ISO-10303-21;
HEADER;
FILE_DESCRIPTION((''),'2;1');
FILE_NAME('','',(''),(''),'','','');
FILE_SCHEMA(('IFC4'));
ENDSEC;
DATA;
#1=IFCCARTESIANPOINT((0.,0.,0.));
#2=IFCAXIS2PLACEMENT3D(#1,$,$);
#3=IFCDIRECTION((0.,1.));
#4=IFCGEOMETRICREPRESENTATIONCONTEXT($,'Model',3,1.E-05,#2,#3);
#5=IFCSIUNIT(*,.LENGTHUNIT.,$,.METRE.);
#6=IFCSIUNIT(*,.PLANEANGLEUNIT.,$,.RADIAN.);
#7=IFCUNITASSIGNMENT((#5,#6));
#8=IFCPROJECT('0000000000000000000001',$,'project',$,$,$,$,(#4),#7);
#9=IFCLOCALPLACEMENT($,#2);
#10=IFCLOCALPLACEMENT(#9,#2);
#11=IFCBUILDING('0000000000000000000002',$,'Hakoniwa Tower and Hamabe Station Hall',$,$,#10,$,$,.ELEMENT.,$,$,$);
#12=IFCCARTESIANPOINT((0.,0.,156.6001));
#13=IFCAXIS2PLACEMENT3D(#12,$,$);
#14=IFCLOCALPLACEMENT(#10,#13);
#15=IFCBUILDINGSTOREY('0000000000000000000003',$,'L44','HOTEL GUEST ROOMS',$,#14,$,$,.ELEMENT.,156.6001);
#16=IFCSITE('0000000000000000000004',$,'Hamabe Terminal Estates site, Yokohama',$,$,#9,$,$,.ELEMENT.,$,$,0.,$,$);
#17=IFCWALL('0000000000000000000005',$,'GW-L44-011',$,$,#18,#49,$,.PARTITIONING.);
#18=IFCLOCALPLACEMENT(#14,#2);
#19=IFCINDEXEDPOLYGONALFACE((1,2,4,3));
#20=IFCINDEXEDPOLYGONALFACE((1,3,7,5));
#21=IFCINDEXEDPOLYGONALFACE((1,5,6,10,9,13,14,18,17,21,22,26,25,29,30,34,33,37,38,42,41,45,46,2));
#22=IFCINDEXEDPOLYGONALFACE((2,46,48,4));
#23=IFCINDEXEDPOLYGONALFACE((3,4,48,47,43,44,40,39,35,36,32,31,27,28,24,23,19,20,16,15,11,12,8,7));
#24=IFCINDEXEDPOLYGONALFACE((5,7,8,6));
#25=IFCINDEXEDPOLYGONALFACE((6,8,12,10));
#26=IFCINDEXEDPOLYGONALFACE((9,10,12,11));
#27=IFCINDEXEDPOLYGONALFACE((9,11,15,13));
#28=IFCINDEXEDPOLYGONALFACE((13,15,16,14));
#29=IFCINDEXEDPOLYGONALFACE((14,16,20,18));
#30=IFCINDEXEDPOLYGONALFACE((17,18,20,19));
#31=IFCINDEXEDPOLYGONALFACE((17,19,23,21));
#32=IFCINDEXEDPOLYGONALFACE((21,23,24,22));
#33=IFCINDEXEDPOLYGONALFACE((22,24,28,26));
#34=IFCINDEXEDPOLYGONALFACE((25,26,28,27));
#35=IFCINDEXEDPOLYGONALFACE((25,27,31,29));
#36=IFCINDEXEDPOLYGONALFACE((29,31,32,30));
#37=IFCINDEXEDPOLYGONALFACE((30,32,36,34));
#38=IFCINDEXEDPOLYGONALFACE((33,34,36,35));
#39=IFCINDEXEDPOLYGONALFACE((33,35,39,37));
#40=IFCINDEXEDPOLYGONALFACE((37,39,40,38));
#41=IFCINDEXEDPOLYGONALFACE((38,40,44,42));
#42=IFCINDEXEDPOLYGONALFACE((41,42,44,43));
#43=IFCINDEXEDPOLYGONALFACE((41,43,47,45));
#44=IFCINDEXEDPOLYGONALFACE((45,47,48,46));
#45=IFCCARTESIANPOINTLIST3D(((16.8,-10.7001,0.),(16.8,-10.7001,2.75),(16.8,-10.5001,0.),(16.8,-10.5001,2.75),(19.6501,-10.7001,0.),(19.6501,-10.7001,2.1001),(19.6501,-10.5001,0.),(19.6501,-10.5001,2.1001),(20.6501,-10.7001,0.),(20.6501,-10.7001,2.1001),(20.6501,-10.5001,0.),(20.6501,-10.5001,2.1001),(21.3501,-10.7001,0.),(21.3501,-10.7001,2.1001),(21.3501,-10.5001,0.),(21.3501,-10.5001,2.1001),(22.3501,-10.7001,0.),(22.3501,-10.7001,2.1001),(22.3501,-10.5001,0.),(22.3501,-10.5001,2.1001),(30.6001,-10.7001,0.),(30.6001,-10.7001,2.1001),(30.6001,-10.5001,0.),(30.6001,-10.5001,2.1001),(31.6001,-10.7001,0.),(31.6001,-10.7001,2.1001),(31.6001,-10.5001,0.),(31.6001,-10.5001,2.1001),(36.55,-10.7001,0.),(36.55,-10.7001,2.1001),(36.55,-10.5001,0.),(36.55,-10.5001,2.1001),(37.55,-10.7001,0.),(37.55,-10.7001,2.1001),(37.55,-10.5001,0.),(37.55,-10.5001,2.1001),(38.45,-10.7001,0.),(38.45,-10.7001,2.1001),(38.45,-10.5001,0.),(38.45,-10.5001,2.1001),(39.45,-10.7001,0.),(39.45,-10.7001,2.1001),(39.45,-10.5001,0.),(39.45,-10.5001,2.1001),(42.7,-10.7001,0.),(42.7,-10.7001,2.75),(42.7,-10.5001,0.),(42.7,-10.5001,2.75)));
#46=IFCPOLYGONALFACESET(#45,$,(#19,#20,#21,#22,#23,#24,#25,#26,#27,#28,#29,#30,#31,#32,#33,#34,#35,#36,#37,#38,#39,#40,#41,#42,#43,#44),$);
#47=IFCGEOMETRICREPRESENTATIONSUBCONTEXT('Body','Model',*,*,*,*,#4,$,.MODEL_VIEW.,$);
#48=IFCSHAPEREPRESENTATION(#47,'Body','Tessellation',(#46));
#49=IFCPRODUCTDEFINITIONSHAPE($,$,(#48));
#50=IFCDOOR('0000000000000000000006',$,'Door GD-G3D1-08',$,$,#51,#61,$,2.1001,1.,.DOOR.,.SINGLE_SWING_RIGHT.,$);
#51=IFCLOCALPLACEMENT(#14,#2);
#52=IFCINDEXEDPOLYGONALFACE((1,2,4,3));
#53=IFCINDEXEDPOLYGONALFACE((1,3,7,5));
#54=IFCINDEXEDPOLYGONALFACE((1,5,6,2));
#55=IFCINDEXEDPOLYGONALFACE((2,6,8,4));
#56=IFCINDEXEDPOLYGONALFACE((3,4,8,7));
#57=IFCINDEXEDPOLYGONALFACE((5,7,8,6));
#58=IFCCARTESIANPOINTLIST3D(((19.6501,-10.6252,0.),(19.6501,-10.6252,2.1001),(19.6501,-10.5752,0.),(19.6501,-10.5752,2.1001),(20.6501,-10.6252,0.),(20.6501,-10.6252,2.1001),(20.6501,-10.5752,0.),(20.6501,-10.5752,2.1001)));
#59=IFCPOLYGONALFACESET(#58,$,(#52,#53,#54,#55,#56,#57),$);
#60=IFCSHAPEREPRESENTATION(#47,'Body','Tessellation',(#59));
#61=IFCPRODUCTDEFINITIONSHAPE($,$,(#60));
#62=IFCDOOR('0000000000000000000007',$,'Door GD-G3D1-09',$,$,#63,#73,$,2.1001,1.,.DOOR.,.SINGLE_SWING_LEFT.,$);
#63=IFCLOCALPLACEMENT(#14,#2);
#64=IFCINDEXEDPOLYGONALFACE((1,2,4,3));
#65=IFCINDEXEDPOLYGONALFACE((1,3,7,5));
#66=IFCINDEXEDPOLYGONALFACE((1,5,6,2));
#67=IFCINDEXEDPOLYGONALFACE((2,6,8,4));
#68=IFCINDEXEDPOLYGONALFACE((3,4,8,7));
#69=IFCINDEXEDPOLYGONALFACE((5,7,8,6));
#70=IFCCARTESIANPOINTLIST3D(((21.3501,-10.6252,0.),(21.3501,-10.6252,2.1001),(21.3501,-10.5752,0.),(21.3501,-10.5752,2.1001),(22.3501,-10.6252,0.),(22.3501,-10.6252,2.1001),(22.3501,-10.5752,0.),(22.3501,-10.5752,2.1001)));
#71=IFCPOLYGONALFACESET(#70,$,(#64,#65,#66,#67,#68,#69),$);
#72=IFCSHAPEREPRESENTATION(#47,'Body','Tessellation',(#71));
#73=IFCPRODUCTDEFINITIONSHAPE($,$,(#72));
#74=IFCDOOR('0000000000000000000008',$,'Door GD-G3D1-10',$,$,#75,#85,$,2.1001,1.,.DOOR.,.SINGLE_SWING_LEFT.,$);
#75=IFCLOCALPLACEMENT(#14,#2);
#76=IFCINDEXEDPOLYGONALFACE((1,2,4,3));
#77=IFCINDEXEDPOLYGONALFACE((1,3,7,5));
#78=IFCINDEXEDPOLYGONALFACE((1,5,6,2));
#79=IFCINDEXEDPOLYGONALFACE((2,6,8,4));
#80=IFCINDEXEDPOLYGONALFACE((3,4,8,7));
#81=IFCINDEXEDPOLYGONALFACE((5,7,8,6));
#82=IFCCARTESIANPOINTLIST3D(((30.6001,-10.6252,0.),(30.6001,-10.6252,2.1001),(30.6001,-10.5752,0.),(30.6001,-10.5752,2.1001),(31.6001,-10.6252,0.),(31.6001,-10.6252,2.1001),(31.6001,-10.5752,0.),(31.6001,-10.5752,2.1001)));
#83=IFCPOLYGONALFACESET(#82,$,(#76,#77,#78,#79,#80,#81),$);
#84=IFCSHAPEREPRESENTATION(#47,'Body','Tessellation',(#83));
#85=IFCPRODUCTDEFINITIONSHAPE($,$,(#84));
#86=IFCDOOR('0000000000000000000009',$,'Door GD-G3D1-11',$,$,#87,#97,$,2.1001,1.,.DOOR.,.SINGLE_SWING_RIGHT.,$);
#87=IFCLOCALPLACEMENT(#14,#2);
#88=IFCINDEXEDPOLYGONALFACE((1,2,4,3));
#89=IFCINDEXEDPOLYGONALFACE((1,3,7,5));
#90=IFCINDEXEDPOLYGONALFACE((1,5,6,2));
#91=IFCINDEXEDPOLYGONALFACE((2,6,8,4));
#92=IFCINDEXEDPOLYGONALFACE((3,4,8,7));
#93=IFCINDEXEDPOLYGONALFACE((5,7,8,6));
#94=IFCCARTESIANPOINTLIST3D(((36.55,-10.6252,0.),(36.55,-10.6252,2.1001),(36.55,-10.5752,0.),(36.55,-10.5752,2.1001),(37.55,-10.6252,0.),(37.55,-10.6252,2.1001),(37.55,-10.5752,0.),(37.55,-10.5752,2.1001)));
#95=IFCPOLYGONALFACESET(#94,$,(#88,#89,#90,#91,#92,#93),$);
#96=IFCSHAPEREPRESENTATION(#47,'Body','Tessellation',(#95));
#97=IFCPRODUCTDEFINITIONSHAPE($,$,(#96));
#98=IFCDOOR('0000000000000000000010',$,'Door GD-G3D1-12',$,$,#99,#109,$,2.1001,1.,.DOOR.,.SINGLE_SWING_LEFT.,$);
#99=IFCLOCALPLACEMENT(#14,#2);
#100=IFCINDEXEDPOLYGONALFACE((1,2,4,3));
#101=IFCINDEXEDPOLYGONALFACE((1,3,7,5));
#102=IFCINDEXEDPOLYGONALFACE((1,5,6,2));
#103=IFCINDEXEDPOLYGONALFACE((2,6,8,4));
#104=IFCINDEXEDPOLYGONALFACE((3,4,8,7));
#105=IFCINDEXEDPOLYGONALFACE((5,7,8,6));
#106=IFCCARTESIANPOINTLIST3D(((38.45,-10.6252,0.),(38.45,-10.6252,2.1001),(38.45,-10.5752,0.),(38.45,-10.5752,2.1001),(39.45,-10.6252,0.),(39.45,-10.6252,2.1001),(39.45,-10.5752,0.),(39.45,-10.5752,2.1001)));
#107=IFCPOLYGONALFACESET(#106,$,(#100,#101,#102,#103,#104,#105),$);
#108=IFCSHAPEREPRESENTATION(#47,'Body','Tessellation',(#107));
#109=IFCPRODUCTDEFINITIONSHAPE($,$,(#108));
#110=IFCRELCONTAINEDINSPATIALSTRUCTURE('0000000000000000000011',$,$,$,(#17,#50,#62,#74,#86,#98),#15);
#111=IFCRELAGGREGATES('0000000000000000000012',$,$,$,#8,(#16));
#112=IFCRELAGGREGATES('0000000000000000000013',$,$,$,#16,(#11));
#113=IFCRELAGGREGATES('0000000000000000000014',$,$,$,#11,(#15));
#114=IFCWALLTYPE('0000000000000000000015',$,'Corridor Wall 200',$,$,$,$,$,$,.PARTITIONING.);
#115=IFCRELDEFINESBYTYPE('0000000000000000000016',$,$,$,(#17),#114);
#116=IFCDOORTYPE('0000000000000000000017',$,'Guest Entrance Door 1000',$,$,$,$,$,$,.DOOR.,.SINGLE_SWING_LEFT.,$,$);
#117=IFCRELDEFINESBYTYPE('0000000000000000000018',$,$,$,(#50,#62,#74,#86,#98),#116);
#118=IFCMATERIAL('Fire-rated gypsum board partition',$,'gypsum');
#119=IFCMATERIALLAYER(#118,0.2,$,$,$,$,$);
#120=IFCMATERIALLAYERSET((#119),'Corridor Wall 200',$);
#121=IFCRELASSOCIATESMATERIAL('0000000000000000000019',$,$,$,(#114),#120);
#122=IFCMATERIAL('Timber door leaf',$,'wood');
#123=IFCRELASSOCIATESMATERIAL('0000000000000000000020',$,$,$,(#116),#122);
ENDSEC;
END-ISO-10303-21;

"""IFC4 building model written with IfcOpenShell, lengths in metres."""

from ifc_helpers import new_model, si_unit, direction, frame, frame_2d, origin, place, context, subcontext, project, spatial, rectangle, extrude, material, layer, layer_set, type_object, element, fill, save


model = new_model("IFC4")

# Units and contexts
model_context = context("Model", 3, precision=1e-05, world=origin(), true_north=direction((0.0, 1.0)))
body_context = subcontext(model_context, "Body", "Model", "MODEL_VIEW")
ifc_project = project(units=[si_unit("LENGTHUNIT", "METRE"), si_unit("PLANEANGLEUNIT", "RADIAN")], contexts=[model_context])

# Site, building, storey
site_placement = place(None, origin())
site = spatial("IfcSite", under=ifc_project, at=site_placement, Name="Hamabe Terminal Estates site, Yokohama", CompositionType="ELEMENT", RefElevation=0.0)
building_placement = place(site_placement, origin())
building = spatial("IfcBuilding", under=site, at=building_placement, Name="Hakoniwa Tower and Hamabe Station Hall", CompositionType="ELEMENT")
storey_placement = place(building_placement, frame((0.0, 0.0, 156.6001)))
storey = spatial("IfcBuildingStorey", under=building, at=storey_placement, Name="L44", Description="HOTEL GUEST ROOMS", CompositionType="ELEMENT", Elevation=156.6001)

# Wall, openings, doors
ifc_material_1 = material(Name="Fire-rated gypsum board partition", Category="gypsum")
ifc_layer_1 = layer(ifc_material_1, 0.2)
ifc_layer_set_1 = layer_set([ifc_layer_1], Name="Corridor Wall 200")
wall_type_1 = type_object("IfcWallType", Name="Corridor Wall 200", PredefinedType="PARTITIONING", material=ifc_layer_set_1)
wall_1_placement = place(storey_placement, frame((16.8, -10.6001, 0.0), z_axis=(0.0, 0.0, 1.0), x_axis=(1.0, 0.0, 0.0)))
wall_1 = element("IfcWall", 1, at=wall_1_placement, inside=storey, type_object=wall_type_1, Name="GW-L44-011", PredefinedType="PARTITIONING", context=body_context, shape_type="SweptSolid", body=[
    extrude(rectangle(XDim=25.8999, YDim=0.2, at=frame_2d((12.95, 0.0))), origin(), (0.0, 0.0, 1.0), 2.75),
])
opening_1_placement = place(wall_1_placement, frame((2.8501, 0.0, 0.0)))
opening_1 = element("IfcOpeningElement", 2, at=opening_1_placement, cuts=wall_1, PredefinedType="OPENING", context=body_context, shape_type="SweptSolid", body=[
    extrude(rectangle(XDim=1.0, YDim=2.1001, at=frame_2d((0.5, 1.05))), frame((0.0, 0.1099, 0.0), z_axis=(0.0, -1.0, 0.0), x_axis=(1.0, 0.0, 0.0)), (0.0, 0.0, 1.0), 0.22),
])
opening_2_placement = place(wall_1_placement, frame((4.55, 0.0, 0.0)))
opening_2 = element("IfcOpeningElement", 3, at=opening_2_placement, cuts=wall_1, PredefinedType="OPENING", context=body_context, shape_type="SweptSolid", body=[
    extrude(rectangle(XDim=1.0, YDim=2.1001, at=frame_2d((0.5, 1.05))), frame((0.0, 0.1099, 0.0), z_axis=(0.0, -1.0, 0.0), x_axis=(1.0, 0.0, 0.0)), (0.0, 0.0, 1.0), 0.22),
])
opening_3_placement = place(wall_1_placement, frame((13.8, 0.0, 0.0)))
opening_3 = element("IfcOpeningElement", 4, at=opening_3_placement, cuts=wall_1, PredefinedType="OPENING", context=body_context, shape_type="SweptSolid", body=[
    extrude(rectangle(XDim=1.0, YDim=2.1001, at=frame_2d((0.5, 1.05))), frame((0.0, 0.1099, 0.0), z_axis=(0.0, -1.0, 0.0), x_axis=(1.0, 0.0, 0.0)), (0.0, 0.0, 1.0), 0.22),
])
opening_4_placement = place(wall_1_placement, frame((19.75, 0.0, 0.0)))
opening_4 = element("IfcOpeningElement", 5, at=opening_4_placement, cuts=wall_1, PredefinedType="OPENING", context=body_context, shape_type="SweptSolid", body=[
    extrude(rectangle(XDim=1.0, YDim=2.1001, at=frame_2d((0.5, 1.05))), frame((0.0, 0.1099, 0.0), z_axis=(0.0, -1.0, 0.0), x_axis=(1.0, 0.0, 0.0)), (0.0, 0.0, 1.0), 0.22),
])
opening_5_placement = place(wall_1_placement, frame((21.6499, 0.0, 0.0)))
opening_5 = element("IfcOpeningElement", 6, at=opening_5_placement, cuts=wall_1, PredefinedType="OPENING", context=body_context, shape_type="SweptSolid", body=[
    extrude(rectangle(XDim=1.0, YDim=2.1001, at=frame_2d((0.5, 1.05))), frame((0.0, 0.1099, 0.0), z_axis=(0.0, -1.0, 0.0), x_axis=(1.0, 0.0, 0.0)), (0.0, 0.0, 1.0), 0.22),
])
ifc_material_2 = material(Name="Timber door leaf", Category="wood")
door_type_1 = type_object("IfcDoorType", Name="Guest Entrance Door 1000", OperationType="SINGLE_SWING_LEFT", PredefinedType="DOOR", material=ifc_material_2)
door_1_placement = place(opening_1_placement, origin())
door_1 = element("IfcDoor", 7, at=door_1_placement, inside=storey, type_object=door_type_1, Name="Door GD-G3D1-08", OperationType="SINGLE_SWING_RIGHT", OverallHeight=2.1001, OverallWidth=1.0, PredefinedType="DOOR", context=body_context, shape_type="SweptSolid", body=[
    extrude(rectangle(XDim=1.0, YDim=2.1001, at=frame_2d((0.5, 1.05))), frame((0.0, 0.0249, 0.0), z_axis=(0.0, -1.0, 0.0), x_axis=(1.0, 0.0, 0.0)), (0.0, 0.0, 1.0), 0.05),
])
fill(opening_1, door_1)
door_2_placement = place(opening_2_placement, origin())
door_2 = element("IfcDoor", 8, at=door_2_placement, inside=storey, type_object=door_type_1, Name="Door GD-G3D1-09", OperationType="SINGLE_SWING_LEFT", OverallHeight=2.1001, OverallWidth=1.0, PredefinedType="DOOR", context=body_context, shape_type="SweptSolid", body=[
    extrude(rectangle(XDim=1.0, YDim=2.1001, at=frame_2d((0.5, 1.05))), frame((0.0, 0.0249, 0.0), z_axis=(0.0, -1.0, 0.0), x_axis=(1.0, 0.0, 0.0)), (0.0, 0.0, 1.0), 0.05),
])
fill(opening_2, door_2)
door_3_placement = place(opening_3_placement, origin())
door_3 = element("IfcDoor", 9, at=door_3_placement, inside=storey, type_object=door_type_1, Name="Door GD-G3D1-10", OperationType="SINGLE_SWING_LEFT", OverallHeight=2.1001, OverallWidth=1.0, PredefinedType="DOOR", context=body_context, shape_type="SweptSolid", body=[
    extrude(rectangle(XDim=1.0, YDim=2.1001, at=frame_2d((0.5, 1.05))), frame((0.0, 0.0249, 0.0), z_axis=(0.0, -1.0, 0.0), x_axis=(1.0, 0.0, 0.0)), (0.0, 0.0, 1.0), 0.05),
])
fill(opening_3, door_3)
door_4_placement = place(opening_4_placement, origin())
door_4 = element("IfcDoor", 10, at=door_4_placement, inside=storey, type_object=door_type_1, Name="Door GD-G3D1-11", OperationType="SINGLE_SWING_RIGHT", OverallHeight=2.1001, OverallWidth=1.0, PredefinedType="DOOR", context=body_context, shape_type="SweptSolid", body=[
    extrude(rectangle(XDim=1.0, YDim=2.1001, at=frame_2d((0.5, 1.05))), frame((0.0, 0.0249, 0.0), z_axis=(0.0, -1.0, 0.0), x_axis=(1.0, 0.0, 0.0)), (0.0, 0.0, 1.0), 0.05),
])
fill(opening_4, door_4)
door_5_placement = place(opening_5_placement, origin())
door_5 = element("IfcDoor", 11, at=door_5_placement, inside=storey, type_object=door_type_1, Name="Door GD-G3D1-12", OperationType="SINGLE_SWING_LEFT", OverallHeight=2.1001, OverallWidth=1.0, PredefinedType="DOOR", context=body_context, shape_type="SweptSolid", body=[
    extrude(rectangle(XDim=1.0, YDim=2.1001, at=frame_2d((0.5, 1.05))), frame((0.0, 0.0249, 0.0), z_axis=(0.0, -1.0, 0.0), x_axis=(1.0, 0.0, 0.0)), (0.0, 0.0, 1.0), 0.05),
])
fill(opening_5, door_5)

save(model, "model.ifc")
